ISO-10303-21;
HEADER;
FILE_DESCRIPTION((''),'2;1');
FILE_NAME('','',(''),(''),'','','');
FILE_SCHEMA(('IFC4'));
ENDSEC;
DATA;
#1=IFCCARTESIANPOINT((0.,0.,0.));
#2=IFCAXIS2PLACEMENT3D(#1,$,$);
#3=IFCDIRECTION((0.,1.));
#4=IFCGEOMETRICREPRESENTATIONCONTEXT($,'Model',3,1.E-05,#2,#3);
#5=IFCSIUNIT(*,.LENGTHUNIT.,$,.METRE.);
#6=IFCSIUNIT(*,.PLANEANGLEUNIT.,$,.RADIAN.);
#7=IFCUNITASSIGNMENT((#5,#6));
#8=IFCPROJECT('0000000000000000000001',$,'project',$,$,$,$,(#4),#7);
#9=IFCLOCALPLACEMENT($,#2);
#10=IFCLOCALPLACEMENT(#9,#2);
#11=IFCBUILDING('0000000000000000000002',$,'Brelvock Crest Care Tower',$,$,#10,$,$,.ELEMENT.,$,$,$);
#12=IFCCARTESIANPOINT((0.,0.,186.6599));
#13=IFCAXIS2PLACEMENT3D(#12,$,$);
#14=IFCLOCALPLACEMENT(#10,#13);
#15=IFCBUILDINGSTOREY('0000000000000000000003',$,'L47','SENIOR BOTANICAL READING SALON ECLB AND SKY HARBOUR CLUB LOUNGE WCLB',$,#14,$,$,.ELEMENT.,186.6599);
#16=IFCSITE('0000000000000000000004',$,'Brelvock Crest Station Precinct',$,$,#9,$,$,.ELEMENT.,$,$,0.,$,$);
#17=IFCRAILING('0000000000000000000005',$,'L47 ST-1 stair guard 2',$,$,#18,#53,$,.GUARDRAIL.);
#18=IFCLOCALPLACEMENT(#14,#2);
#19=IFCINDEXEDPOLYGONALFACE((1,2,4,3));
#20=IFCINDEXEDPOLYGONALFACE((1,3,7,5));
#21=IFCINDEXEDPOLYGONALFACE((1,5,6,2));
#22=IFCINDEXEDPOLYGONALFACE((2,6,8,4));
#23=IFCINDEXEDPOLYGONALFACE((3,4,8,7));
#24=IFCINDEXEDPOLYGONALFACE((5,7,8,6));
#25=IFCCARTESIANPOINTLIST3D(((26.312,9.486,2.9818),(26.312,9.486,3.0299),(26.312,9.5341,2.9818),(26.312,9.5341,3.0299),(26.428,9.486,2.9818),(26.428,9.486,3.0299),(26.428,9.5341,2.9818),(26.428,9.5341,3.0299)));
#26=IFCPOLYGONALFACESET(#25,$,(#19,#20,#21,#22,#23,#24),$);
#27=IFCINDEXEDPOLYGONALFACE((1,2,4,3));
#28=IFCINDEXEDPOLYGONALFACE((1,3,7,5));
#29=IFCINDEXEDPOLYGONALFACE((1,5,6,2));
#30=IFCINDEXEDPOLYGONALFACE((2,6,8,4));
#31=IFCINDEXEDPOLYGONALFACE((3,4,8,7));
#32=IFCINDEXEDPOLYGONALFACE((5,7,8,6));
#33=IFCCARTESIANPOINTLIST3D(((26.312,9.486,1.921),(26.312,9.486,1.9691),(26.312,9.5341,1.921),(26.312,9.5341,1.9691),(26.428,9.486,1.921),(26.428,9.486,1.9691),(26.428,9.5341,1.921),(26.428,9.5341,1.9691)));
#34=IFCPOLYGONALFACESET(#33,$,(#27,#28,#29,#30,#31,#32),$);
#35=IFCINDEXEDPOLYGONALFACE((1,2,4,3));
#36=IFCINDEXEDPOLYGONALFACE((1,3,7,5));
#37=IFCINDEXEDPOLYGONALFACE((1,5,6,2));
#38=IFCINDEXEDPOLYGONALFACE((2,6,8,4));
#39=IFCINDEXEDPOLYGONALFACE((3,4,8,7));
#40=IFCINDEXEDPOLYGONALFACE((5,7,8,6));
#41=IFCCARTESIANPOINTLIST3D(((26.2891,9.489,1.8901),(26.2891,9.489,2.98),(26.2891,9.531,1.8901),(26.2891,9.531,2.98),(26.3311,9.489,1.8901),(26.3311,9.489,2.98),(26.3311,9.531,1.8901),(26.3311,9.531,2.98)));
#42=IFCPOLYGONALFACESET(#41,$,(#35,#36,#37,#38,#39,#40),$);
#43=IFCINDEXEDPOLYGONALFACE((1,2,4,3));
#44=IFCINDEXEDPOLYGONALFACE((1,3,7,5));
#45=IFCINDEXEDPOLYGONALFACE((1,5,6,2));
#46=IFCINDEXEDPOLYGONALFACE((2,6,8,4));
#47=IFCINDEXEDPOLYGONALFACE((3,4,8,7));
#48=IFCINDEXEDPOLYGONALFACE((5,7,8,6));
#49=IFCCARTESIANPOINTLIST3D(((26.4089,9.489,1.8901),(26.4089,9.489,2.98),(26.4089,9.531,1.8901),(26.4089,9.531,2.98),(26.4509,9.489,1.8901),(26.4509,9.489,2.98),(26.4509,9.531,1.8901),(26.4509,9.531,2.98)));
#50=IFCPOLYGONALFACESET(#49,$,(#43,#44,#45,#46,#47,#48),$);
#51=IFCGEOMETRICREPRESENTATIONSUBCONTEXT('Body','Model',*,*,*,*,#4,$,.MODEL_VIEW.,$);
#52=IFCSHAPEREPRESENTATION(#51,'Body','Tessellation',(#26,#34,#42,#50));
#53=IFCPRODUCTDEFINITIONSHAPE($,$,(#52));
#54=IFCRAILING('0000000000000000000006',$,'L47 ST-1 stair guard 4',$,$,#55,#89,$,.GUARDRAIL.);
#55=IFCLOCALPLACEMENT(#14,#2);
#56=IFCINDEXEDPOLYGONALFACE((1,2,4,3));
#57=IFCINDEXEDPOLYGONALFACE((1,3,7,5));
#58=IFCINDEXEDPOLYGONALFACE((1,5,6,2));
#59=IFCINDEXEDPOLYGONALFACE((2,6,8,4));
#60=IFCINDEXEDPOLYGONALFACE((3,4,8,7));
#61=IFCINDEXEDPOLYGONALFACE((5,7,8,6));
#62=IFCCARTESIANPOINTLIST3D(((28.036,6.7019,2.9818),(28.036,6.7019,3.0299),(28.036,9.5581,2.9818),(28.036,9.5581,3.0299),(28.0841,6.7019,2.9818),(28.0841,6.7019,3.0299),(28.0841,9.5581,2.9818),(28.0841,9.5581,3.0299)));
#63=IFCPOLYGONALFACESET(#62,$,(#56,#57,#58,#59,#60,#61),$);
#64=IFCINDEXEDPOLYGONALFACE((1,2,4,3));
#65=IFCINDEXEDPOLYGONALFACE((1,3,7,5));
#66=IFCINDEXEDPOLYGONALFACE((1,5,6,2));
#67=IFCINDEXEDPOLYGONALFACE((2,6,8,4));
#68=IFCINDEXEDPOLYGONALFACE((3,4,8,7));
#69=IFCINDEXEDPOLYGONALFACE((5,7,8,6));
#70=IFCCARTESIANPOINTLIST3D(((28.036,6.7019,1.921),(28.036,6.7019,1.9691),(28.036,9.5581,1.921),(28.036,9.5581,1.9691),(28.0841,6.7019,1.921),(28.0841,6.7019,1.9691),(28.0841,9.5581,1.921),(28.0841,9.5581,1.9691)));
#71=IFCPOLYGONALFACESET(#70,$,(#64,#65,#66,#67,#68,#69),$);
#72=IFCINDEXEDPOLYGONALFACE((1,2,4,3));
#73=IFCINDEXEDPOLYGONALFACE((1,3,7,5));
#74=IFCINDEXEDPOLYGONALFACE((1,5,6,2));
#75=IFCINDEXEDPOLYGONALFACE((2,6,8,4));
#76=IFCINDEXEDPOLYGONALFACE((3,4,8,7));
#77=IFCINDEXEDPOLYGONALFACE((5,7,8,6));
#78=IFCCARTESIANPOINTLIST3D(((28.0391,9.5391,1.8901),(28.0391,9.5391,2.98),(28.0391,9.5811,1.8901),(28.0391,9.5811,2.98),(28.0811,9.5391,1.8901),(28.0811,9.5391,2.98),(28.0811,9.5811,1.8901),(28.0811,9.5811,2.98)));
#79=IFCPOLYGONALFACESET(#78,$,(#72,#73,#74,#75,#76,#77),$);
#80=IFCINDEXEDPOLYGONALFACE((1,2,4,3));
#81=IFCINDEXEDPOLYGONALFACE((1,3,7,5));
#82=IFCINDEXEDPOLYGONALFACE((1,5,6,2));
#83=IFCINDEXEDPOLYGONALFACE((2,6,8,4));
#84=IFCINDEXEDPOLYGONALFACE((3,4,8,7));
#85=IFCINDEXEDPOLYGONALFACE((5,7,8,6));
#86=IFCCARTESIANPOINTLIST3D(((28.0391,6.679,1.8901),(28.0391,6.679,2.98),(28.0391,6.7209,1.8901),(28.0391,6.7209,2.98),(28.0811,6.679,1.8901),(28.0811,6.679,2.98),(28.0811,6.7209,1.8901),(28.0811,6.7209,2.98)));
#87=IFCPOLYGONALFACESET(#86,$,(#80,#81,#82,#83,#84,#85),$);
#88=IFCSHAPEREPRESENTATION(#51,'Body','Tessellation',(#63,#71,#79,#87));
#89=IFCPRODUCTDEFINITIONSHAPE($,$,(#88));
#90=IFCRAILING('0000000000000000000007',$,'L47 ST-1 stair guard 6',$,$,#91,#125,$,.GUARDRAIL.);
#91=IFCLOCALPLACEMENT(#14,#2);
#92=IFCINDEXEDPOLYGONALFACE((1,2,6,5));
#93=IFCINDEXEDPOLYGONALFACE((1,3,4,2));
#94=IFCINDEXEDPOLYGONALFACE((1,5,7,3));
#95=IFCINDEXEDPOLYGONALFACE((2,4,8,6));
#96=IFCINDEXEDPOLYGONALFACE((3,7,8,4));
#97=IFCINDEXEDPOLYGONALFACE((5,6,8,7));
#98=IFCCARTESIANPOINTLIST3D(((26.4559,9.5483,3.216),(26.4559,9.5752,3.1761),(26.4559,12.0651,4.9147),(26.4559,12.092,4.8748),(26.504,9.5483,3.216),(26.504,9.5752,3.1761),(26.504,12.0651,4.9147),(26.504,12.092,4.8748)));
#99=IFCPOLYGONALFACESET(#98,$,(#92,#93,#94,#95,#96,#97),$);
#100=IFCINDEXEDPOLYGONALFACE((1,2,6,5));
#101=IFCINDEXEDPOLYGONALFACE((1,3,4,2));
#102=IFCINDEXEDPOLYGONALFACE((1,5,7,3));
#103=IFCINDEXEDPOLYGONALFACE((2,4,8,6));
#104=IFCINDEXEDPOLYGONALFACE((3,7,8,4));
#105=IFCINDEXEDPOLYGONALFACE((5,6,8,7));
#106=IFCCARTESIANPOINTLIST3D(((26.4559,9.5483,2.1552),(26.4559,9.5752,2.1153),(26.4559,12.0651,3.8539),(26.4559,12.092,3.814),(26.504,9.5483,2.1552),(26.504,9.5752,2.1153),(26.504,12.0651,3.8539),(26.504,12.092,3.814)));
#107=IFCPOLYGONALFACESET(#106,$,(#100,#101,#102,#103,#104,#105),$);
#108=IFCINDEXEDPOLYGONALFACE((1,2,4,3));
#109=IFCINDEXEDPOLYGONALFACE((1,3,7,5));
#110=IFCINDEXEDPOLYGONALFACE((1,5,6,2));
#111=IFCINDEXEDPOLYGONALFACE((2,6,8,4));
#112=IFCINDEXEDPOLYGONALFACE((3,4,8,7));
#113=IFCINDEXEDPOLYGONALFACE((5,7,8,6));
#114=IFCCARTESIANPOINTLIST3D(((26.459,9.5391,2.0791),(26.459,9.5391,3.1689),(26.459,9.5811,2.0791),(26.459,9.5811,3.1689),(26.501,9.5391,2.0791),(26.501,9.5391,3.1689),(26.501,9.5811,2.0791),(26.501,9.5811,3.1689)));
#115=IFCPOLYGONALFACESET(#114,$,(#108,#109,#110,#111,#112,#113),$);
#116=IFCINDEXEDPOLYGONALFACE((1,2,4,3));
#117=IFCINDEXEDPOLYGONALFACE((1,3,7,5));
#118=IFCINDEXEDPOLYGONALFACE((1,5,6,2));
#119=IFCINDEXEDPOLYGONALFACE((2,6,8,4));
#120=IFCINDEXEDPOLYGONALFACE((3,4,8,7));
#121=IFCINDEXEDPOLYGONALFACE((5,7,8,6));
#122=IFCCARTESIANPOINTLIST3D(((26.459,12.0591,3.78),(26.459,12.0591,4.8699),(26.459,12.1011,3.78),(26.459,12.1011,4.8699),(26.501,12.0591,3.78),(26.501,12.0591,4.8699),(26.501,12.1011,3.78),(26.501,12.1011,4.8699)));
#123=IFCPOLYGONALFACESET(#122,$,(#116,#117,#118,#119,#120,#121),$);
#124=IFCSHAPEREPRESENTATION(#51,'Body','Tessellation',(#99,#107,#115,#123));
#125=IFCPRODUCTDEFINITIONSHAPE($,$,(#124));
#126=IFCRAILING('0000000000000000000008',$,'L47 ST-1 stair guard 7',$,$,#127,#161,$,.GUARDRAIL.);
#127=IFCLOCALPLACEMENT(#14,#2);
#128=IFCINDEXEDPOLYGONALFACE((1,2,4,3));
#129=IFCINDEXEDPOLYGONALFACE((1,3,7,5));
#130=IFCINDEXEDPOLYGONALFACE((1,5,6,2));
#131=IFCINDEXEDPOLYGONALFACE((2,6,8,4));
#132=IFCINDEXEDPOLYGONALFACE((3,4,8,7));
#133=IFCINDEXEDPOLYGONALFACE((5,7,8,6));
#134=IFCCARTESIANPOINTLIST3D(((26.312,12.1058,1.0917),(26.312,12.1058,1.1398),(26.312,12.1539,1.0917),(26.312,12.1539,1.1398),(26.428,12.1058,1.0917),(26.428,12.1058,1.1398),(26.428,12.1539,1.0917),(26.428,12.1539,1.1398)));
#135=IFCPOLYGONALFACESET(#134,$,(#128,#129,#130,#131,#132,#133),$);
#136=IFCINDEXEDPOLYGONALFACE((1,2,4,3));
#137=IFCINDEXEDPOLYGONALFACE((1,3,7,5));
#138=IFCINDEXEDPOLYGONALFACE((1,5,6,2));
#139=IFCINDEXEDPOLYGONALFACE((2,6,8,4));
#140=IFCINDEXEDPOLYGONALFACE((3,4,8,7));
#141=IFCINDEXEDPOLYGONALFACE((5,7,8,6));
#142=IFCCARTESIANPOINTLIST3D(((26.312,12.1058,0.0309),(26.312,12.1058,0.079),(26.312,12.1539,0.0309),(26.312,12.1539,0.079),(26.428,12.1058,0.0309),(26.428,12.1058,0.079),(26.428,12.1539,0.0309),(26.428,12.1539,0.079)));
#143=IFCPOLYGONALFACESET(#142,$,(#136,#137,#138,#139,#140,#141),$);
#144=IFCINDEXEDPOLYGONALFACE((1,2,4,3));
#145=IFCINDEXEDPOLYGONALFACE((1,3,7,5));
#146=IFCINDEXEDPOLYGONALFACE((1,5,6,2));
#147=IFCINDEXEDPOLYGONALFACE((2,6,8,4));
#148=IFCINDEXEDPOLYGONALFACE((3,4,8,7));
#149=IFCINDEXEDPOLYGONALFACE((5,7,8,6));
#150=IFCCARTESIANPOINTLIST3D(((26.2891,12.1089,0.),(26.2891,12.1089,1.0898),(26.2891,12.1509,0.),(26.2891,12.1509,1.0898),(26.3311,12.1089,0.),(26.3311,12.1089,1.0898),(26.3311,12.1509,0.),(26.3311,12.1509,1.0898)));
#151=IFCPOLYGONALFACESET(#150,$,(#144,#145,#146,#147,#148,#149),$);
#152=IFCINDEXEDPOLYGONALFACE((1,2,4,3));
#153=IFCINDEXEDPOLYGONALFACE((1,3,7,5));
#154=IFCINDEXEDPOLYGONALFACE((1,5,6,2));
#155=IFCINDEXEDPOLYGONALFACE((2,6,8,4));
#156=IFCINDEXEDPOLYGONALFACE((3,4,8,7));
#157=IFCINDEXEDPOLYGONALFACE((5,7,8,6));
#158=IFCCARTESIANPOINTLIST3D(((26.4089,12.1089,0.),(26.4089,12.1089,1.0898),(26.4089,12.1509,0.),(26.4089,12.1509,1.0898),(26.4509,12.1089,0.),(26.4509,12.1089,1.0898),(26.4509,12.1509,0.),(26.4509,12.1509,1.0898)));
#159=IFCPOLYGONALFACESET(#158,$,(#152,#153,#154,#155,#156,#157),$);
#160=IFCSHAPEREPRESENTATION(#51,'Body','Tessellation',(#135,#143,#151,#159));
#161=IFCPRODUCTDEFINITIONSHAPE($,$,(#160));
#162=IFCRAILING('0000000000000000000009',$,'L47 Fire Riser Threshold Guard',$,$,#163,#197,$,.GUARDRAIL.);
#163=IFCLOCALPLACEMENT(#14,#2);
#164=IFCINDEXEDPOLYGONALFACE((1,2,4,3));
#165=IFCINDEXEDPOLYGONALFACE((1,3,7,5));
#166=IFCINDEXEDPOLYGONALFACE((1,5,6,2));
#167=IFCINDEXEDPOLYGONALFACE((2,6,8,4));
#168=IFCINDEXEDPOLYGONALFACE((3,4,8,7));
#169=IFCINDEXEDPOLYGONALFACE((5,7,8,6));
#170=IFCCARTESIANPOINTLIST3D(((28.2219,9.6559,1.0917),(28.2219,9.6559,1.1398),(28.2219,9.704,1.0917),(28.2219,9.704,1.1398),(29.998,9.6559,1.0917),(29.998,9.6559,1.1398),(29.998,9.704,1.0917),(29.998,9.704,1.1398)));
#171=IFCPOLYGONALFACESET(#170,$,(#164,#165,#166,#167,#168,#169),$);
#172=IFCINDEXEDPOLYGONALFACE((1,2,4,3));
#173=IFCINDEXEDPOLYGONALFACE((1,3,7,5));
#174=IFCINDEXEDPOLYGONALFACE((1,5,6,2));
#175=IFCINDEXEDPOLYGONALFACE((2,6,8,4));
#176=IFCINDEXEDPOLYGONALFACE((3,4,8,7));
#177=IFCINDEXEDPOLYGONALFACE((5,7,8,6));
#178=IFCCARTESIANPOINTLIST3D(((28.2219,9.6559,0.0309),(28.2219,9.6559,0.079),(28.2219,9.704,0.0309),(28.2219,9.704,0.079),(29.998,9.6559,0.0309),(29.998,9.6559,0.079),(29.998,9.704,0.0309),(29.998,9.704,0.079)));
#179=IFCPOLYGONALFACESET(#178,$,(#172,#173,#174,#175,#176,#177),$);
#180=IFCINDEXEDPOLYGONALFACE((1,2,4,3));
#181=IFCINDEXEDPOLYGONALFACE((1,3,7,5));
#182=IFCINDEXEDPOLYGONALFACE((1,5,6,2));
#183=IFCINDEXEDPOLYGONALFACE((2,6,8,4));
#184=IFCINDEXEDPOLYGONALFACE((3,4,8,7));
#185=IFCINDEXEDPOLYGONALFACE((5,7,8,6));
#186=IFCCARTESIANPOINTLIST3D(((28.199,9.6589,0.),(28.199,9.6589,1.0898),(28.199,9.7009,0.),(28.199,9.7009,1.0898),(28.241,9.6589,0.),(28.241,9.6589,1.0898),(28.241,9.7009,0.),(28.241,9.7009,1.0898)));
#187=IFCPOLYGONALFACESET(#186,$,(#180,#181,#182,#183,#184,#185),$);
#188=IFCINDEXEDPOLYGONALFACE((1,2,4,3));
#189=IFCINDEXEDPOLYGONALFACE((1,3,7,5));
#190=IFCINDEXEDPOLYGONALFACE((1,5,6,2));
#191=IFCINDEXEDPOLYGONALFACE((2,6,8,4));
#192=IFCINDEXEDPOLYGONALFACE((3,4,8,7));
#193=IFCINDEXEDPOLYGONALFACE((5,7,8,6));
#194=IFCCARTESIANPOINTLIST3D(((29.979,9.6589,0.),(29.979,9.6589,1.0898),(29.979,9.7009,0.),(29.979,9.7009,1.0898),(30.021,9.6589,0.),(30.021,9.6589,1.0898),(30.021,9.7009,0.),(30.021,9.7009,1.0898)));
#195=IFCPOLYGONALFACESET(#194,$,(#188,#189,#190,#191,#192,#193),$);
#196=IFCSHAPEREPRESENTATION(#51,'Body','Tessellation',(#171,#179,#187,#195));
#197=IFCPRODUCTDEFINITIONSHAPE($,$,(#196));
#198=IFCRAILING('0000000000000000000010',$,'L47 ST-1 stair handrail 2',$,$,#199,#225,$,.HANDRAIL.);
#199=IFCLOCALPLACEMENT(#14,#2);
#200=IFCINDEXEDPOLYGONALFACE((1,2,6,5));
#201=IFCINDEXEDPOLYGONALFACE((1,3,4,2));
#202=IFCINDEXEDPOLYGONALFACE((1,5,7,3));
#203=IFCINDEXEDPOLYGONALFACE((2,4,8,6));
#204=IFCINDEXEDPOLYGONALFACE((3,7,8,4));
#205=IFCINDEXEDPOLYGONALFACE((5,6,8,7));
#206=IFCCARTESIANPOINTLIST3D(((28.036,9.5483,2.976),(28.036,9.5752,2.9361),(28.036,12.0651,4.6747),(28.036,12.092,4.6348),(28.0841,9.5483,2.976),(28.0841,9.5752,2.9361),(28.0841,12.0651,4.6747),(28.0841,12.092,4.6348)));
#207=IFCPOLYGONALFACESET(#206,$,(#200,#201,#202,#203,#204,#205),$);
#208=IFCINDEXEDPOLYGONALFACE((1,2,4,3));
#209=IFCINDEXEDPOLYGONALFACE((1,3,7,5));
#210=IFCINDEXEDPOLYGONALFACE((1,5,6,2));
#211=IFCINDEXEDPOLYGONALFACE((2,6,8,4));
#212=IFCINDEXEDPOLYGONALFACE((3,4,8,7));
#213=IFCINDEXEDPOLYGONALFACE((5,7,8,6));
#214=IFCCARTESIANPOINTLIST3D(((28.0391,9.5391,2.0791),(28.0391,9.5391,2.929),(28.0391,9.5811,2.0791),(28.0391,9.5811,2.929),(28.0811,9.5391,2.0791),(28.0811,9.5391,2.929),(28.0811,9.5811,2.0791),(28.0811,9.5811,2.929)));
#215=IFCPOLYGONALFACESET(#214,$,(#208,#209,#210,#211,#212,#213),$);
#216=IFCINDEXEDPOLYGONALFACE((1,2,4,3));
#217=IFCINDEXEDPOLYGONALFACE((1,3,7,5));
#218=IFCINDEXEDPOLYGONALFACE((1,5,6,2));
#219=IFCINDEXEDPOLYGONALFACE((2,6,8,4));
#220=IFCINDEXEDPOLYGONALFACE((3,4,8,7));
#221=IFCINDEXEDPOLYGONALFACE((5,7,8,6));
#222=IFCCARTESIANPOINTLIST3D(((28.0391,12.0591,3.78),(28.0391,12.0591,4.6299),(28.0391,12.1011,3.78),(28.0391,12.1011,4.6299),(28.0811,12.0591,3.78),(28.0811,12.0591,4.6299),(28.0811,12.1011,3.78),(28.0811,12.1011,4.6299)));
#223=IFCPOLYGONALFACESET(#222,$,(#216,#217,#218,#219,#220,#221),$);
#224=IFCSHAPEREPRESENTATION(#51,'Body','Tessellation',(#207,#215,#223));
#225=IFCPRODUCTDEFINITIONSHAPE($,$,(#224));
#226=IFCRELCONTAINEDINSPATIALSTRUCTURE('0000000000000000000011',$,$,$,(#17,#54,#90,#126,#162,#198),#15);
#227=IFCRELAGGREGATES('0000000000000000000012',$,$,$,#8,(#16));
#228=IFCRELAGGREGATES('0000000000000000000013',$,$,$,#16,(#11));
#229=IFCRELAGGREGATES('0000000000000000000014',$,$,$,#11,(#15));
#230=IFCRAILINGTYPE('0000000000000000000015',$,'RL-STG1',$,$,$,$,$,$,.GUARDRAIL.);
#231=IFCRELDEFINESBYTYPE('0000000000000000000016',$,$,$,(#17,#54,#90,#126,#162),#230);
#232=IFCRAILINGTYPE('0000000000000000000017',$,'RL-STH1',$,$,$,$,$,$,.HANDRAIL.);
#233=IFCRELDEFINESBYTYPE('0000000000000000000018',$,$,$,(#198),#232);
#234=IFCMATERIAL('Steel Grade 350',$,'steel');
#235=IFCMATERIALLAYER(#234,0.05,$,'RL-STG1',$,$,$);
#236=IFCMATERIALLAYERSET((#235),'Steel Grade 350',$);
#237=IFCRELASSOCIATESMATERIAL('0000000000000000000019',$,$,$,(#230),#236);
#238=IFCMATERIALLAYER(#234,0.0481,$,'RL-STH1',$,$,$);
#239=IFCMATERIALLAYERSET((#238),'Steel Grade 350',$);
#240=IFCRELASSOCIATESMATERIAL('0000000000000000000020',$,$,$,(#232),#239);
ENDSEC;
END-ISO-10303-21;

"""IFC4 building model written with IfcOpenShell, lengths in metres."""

from ifc_helpers import new_model, si_unit, direction, frame, origin, origin_2d, place, context, subcontext, project, spatial, rectangle, extrude, material, layer, layer_set, type_object, element, save


model = new_model("IFC4")

# Units and contexts
model_context = context("Model", 3, precision=1e-05, world=origin(), true_north=direction((0.0, 1.0)))
body_context = subcontext(model_context, "Body", "Model", "MODEL_VIEW")
ifc_project = project(units=[si_unit("LENGTHUNIT", "METRE"), si_unit("PLANEANGLEUNIT", "RADIAN")], contexts=[model_context])

# Site, building, storey
site_placement = place(None, origin())
site = spatial("IfcSite", under=ifc_project, at=site_placement, Name="Brelvock Crest Station Precinct", CompositionType="ELEMENT", RefElevation=0.0)
building_placement = place(site_placement, origin())
building = spatial("IfcBuilding", under=site, at=building_placement, Name="Brelvock Crest Care Tower", CompositionType="ELEMENT")
storey_placement = place(building_placement, frame((0.0, 0.0, 186.6599)))
storey = spatial("IfcBuildingStorey", under=building, at=storey_placement, Name="L47", Description="SENIOR BOTANICAL READING SALON ECLB AND SKY HARBOUR CLUB LOUNGE WCLB", CompositionType="ELEMENT", Elevation=186.6599)

# Shared definitions
ifc_material_1 = material(Name="Steel Grade 350", Category="steel")

# Railings
ifc_layer_1 = layer(ifc_material_1, 0.05, Name="RL-STG1")
ifc_layer_set_1 = layer_set([ifc_layer_1], Name="Steel Grade 350")
railing_type_1 = type_object("IfcRailingType", Name="RL-STG1", PredefinedType="GUARDRAIL", material=ifc_layer_set_1)
railing_1_placement = place(storey_placement, frame((26.3101, 9.51, 1.8901)))
element("IfcRailing", 1, at=railing_1_placement, inside=storey, type_object=railing_type_1, Name="L47 ST-1 stair guard 2", PredefinedType="GUARDRAIL", context=body_context, shape_type="SweptSolid", body=[
    extrude(rectangle(XDim=0.0481, YDim=0.0481, at=origin_2d()), frame((0.002, 0.0, 1.1157), z_axis=(1.0, 0.0, 0.0), x_axis=(0.0, 1.0, 0.0)), (0.0, 0.0, 1.0), 0.116),
    extrude(rectangle(XDim=0.0481, YDim=0.0481, at=origin_2d()), frame((0.002, 0.0, 0.0549), z_axis=(1.0, 0.0, 0.0), x_axis=(0.0, 1.0, 0.0)), (0.0, 0.0, 1.0), 0.116),
    extrude(rectangle(XDim=0.042, YDim=0.042, at=origin_2d()), origin(), (0.0, 0.0, 1.0), 1.0898),
    extrude(rectangle(XDim=0.042, YDim=0.042, at=origin_2d()), frame((0.1199, 0.0, 0.0)), (0.0, 0.0, 1.0), 1.0898),
])
railing_2_placement = place(storey_placement, frame((28.0601, 9.5601, 1.8901)))
element("IfcRailing", 2, at=railing_2_placement, inside=storey, type_object=railing_type_1, Name="L47 ST-1 stair guard 4", PredefinedType="GUARDRAIL", context=body_context, shape_type="SweptSolid", body=[
    extrude(rectangle(XDim=0.0481, YDim=0.0481, at=origin_2d()), frame((0.0, -0.002, 1.1157), z_axis=(0.0, -1.0, 0.0), x_axis=(1.0, 0.0, 0.0)), (0.0, 0.0, 1.0), 2.8562),
    extrude(rectangle(XDim=0.0481, YDim=0.0481, at=origin_2d()), frame((0.0, -0.002, 0.0549), z_axis=(0.0, -1.0, 0.0), x_axis=(1.0, 0.0, 0.0)), (0.0, 0.0, 1.0), 2.8562),
    extrude(rectangle(XDim=0.042, YDim=0.042, at=origin_2d()), origin(), (0.0, 0.0, 1.0), 1.0898),
    extrude(rectangle(XDim=0.042, YDim=0.042, at=origin_2d()), frame((0.0, -2.8601, 0.0)), (0.0, 0.0, 1.0), 1.0898),
])
railing_3_placement = place(storey_placement, frame((26.48, 9.5601, 2.0791)))
element("IfcRailing", 3, at=railing_3_placement, inside=storey, type_object=railing_type_1, Name="L47 ST-1 stair guard 6", PredefinedType="GUARDRAIL", context=body_context, shape_type="SweptSolid", body=[
    extrude(rectangle(XDim=0.0481, YDim=0.0481, at=origin_2d()), frame((0.0, 0.0017, 1.1169), z_axis=(0.0, 0.828862, 0.559454), x_axis=(-1.0, 0.0, 0.0)), (0.0, 0.0, 1.0), 3.0364),
    extrude(rectangle(XDim=0.0481, YDim=0.0481, at=origin_2d()), frame((0.0, 0.0017, 0.0562), z_axis=(0.0, 0.828862, 0.559454), x_axis=(-1.0, 0.0, 0.0)), (0.0, 0.0, 1.0), 3.0364),
    extrude(rectangle(XDim=0.042, YDim=0.042, at=origin_2d()), origin(), (0.0, 0.0, 1.0), 1.0898),
    extrude(rectangle(XDim=0.042, YDim=0.042, at=origin_2d()), frame((0.0, 2.52, 1.7009)), (0.0, 0.0, 1.0), 1.0898),
])
railing_4_placement = place(storey_placement, frame((26.3101, 12.1299, 0.0)))
element("IfcRailing", 4, at=railing_4_placement, inside=storey, type_object=railing_type_1, Name="L47 ST-1 stair guard 7", PredefinedType="GUARDRAIL", context=body_context, shape_type="SweptSolid", body=[
    extrude(rectangle(XDim=0.0481, YDim=0.0481, at=origin_2d()), frame((0.002, 0.0, 1.1157), z_axis=(1.0, 0.0, 0.0), x_axis=(0.0, 1.0, 0.0)), (0.0, 0.0, 1.0), 0.116),
    extrude(rectangle(XDim=0.0481, YDim=0.0481, at=origin_2d()), frame((0.002, 0.0, 0.0549), z_axis=(1.0, 0.0, 0.0), x_axis=(0.0, 1.0, 0.0)), (0.0, 0.0, 1.0), 0.116),
    extrude(rectangle(XDim=0.042, YDim=0.042, at=origin_2d()), origin(), (0.0, 0.0, 1.0), 1.0898),
    extrude(rectangle(XDim=0.042, YDim=0.042, at=origin_2d()), frame((0.1199, 0.0, 0.0)), (0.0, 0.0, 1.0), 1.0898),
])
railing_5_placement = place(storey_placement, frame((28.22, 9.6799, 0.0)))
element("IfcRailing", 5, at=railing_5_placement, inside=storey, type_object=railing_type_1, Name="L47 Fire Riser Threshold Guard", PredefinedType="GUARDRAIL", context=body_context, shape_type="SweptSolid", body=[
    extrude(rectangle(XDim=0.0481, YDim=0.0481, at=origin_2d()), frame((0.002, 0.0, 1.1157), z_axis=(1.0, 0.0, 0.0), x_axis=(0.0, 1.0, 0.0)), (0.0, 0.0, 1.0), 1.7761),
    extrude(rectangle(XDim=0.0481, YDim=0.0481, at=origin_2d()), frame((0.002, 0.0, 0.0549), z_axis=(1.0, 0.0, 0.0), x_axis=(0.0, 1.0, 0.0)), (0.0, 0.0, 1.0), 1.7761),
    extrude(rectangle(XDim=0.042, YDim=0.042, at=origin_2d()), origin(), (0.0, 0.0, 1.0), 1.0898),
    extrude(rectangle(XDim=0.042, YDim=0.042, at=origin_2d()), frame((1.78, 0.0, 0.0)), (0.0, 0.0, 1.0), 1.0898),
])
ifc_layer_2 = layer(ifc_material_1, 0.0481, Name="RL-STH1")
ifc_layer_set_2 = layer_set([ifc_layer_2], Name="Steel Grade 350")
railing_type_2 = type_object("IfcRailingType", Name="RL-STH1", PredefinedType="HANDRAIL", material=ifc_layer_set_2)
railing_6_placement = place(storey_placement, frame((28.0601, 9.5601, 2.0791)))
element("IfcRailing", 6, at=railing_6_placement, inside=storey, type_object=railing_type_2, Name="L47 ST-1 stair handrail 2", PredefinedType="HANDRAIL", context=body_context, shape_type="SweptSolid", body=[
    extrude(rectangle(XDim=0.0481, YDim=0.0481, at=origin_2d()), frame((0.0, 0.0017, 0.877), z_axis=(0.0, 0.828862, 0.559454), x_axis=(-1.0, 0.0, 0.0)), (0.0, 0.0, 1.0), 3.0364),
    extrude(rectangle(XDim=0.042, YDim=0.042, at=origin_2d()), origin(), (0.0, 0.0, 1.0), 0.8499),
    extrude(rectangle(XDim=0.042, YDim=0.042, at=origin_2d()), frame((0.0, 2.52, 1.7009)), (0.0, 0.0, 1.0), 0.8499),
])

save(model, "model.ifc")
